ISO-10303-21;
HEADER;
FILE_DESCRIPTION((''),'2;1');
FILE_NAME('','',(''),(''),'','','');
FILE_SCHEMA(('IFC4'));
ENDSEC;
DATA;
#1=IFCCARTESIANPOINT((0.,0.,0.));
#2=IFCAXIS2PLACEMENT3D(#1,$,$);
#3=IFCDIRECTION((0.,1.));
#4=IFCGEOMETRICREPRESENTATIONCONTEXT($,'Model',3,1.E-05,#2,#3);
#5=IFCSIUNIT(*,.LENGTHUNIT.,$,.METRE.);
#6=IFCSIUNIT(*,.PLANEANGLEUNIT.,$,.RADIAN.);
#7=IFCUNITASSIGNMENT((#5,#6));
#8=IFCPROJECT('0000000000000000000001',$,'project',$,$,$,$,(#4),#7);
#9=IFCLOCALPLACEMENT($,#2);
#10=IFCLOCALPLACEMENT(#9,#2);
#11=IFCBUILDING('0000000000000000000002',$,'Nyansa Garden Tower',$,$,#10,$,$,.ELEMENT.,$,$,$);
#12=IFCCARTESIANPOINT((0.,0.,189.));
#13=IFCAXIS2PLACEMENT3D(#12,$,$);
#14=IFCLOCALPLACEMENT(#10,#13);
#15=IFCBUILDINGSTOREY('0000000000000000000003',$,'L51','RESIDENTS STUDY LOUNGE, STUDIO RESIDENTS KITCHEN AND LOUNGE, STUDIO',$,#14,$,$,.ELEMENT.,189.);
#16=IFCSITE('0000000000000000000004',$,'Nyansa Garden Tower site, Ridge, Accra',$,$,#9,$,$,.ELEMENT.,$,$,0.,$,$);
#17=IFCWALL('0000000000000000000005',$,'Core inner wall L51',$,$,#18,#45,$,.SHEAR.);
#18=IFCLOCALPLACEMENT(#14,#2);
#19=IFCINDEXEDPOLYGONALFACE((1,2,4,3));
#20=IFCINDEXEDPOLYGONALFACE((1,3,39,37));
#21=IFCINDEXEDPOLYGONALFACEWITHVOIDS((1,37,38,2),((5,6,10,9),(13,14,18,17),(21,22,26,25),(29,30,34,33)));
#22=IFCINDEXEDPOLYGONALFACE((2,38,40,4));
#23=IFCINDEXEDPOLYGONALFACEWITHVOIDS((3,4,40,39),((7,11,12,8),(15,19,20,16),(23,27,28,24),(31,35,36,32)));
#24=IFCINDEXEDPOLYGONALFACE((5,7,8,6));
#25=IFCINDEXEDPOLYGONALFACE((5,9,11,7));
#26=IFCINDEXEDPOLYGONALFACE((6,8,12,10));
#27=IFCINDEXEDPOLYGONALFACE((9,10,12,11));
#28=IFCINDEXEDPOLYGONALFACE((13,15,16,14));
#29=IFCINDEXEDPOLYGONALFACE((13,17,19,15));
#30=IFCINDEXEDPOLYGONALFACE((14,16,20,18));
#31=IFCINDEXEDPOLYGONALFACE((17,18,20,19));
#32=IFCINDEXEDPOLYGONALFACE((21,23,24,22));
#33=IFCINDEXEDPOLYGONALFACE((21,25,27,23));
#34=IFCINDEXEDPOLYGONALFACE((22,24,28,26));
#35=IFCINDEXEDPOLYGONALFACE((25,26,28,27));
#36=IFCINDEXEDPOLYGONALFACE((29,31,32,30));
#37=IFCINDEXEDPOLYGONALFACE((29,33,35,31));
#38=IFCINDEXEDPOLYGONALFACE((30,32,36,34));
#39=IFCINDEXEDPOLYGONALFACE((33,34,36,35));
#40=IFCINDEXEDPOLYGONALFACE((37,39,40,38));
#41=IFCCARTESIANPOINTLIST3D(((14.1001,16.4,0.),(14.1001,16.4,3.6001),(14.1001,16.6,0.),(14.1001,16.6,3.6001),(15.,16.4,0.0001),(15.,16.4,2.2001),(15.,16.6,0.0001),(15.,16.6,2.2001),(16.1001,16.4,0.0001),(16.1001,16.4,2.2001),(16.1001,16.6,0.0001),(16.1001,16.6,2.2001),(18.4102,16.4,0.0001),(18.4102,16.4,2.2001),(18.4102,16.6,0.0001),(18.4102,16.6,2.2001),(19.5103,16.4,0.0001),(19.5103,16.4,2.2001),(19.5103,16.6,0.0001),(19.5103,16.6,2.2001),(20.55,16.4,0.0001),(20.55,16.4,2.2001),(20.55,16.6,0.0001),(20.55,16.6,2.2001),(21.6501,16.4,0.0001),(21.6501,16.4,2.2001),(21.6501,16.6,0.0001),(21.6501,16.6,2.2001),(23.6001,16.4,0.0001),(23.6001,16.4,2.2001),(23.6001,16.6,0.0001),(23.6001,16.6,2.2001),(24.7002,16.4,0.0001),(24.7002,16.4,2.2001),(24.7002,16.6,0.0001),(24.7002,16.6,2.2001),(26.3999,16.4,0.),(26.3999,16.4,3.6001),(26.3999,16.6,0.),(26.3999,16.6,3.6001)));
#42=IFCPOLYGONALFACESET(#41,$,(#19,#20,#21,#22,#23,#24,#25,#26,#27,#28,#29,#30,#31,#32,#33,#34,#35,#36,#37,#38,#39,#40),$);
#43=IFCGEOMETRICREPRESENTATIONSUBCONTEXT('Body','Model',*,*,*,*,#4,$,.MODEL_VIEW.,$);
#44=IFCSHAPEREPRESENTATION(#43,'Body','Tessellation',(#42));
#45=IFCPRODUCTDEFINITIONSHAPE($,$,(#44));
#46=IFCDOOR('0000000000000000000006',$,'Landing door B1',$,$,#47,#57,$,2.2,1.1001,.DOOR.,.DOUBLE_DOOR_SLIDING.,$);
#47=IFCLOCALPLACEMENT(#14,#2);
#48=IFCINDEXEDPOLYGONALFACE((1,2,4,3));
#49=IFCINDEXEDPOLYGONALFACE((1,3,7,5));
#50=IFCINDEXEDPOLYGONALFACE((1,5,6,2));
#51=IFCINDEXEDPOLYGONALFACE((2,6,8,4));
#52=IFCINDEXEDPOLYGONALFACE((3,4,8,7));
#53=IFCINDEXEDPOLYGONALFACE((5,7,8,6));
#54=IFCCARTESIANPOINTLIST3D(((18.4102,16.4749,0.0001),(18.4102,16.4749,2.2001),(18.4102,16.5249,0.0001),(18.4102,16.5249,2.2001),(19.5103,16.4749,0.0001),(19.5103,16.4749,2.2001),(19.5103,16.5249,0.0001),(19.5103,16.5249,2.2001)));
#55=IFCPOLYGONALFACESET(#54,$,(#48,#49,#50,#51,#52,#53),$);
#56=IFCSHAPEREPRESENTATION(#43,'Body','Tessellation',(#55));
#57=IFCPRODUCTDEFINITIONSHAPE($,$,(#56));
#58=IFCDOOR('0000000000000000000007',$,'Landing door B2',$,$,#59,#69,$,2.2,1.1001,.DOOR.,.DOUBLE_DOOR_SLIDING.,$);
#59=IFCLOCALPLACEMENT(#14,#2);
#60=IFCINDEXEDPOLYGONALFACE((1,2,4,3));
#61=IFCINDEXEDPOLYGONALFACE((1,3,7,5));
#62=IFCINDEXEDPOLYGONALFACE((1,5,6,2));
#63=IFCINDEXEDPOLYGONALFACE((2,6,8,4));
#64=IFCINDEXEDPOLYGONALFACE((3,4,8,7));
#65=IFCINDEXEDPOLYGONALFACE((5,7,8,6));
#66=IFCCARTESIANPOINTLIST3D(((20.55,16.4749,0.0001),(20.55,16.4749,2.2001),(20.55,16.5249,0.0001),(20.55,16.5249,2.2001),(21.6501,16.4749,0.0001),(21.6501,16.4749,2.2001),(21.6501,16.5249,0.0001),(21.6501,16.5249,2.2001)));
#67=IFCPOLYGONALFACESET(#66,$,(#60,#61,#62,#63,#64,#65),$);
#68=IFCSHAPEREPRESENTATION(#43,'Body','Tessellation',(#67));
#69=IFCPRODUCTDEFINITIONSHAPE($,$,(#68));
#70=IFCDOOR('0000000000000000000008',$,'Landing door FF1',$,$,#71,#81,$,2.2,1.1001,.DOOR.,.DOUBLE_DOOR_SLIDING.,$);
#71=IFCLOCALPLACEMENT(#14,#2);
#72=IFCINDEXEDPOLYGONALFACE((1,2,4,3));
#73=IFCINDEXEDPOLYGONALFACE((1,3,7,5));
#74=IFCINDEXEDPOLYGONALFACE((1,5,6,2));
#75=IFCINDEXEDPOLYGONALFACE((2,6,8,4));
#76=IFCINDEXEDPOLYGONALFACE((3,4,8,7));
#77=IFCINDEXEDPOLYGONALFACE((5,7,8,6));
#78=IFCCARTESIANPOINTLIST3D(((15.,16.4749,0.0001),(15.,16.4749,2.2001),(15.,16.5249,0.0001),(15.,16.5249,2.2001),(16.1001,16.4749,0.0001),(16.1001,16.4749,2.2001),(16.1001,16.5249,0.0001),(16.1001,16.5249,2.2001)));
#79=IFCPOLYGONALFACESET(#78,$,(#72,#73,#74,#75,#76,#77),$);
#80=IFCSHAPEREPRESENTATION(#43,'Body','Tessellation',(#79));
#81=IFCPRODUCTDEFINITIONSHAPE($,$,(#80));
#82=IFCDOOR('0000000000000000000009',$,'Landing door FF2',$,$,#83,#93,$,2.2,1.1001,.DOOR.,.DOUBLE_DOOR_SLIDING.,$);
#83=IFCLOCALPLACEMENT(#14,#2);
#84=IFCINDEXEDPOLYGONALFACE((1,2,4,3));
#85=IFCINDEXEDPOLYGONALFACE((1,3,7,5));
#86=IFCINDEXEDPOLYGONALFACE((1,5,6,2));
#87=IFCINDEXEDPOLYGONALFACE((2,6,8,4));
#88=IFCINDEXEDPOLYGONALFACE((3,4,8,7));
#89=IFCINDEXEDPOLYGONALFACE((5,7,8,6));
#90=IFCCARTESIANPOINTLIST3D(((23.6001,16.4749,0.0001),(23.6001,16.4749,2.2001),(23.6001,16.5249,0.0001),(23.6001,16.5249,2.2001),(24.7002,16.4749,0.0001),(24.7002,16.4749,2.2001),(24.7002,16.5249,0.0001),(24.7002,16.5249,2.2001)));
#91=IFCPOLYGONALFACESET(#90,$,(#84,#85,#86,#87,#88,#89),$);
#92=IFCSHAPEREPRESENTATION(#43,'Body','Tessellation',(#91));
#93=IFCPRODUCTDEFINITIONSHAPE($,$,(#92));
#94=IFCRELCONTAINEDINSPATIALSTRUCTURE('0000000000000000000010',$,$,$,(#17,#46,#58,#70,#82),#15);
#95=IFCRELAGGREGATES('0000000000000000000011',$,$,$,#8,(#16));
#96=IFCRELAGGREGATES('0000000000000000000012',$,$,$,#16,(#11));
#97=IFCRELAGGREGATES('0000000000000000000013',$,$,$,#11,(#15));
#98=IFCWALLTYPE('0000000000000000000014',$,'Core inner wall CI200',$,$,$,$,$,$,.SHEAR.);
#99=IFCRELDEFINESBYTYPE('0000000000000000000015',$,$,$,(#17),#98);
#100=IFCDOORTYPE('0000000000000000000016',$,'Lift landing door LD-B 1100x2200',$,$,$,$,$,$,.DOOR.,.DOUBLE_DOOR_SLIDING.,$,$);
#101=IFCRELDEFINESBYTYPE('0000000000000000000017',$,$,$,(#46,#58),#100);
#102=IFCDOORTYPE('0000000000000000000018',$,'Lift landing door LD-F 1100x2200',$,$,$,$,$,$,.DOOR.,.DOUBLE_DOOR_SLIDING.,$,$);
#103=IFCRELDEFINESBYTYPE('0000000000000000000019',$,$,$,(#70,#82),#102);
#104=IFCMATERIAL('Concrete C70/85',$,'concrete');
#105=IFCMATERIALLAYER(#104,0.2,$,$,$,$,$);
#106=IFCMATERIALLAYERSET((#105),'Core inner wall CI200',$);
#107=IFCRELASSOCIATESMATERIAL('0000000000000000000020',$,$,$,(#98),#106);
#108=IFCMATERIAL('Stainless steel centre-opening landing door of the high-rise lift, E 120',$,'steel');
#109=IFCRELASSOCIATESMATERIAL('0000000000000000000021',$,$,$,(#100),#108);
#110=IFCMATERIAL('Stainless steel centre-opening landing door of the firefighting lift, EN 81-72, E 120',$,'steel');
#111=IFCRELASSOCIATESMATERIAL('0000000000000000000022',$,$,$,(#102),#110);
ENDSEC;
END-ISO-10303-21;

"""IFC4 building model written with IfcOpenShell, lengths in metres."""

from ifc_helpers import new_model, si_unit, direction, frame, frame_2d, origin, place, context, subcontext, project, spatial, rectangle, extrude, material, layer, layer_set, type_object, element, fill, save


model = new_model("IFC4")

# Units and contexts
model_context = context("Model", 3, precision=1e-05, world=origin(), true_north=direction((0.0, 1.0)))
body_context = subcontext(model_context, "Body", "Model", "MODEL_VIEW")
ifc_project = project(units=[si_unit("LENGTHUNIT", "METRE"), si_unit("PLANEANGLEUNIT", "RADIAN")], contexts=[model_context])

# Site, building, storey
site_placement = place(None, origin())
site = spatial("IfcSite", under=ifc_project, at=site_placement, Name="Nyansa Garden Tower site, Ridge, Accra", CompositionType="ELEMENT", RefElevation=0.0)
building_placement = place(site_placement, origin())
building = spatial("IfcBuilding", under=site, at=building_placement, Name="Nyansa Garden Tower", CompositionType="ELEMENT")
storey_placement = place(building_placement, frame((0.0, 0.0, 189.0)))
storey = spatial("IfcBuildingStorey", under=building, at=storey_placement, Name="L51", Description="RESIDENTS STUDY LOUNGE, STUDIO RESIDENTS KITCHEN AND LOUNGE, STUDIO", CompositionType="ELEMENT", Elevation=189.0)

# Wall, openings, doors
ifc_material_1 = material(Name="Concrete C70/85", Category="concrete")
ifc_layer_1 = layer(ifc_material_1, 0.2)
ifc_layer_set_1 = layer_set([ifc_layer_1], Name="Core inner wall CI200")
wall_type_1 = type_object("IfcWallType", Name="Core inner wall CI200", PredefinedType="SHEAR", material=ifc_layer_set_1)
wall_1_placement = place(storey_placement, frame((14.1001, 16.5, 0.0), z_axis=(0.0, 0.0, 1.0), x_axis=(1.0, 0.0, 0.0)))
wall_1 = element("IfcWall", 1, at=wall_1_placement, inside=storey, type_object=wall_type_1, Name="Core inner wall L51", PredefinedType="SHEAR", context=body_context, shape_type="SweptSolid", body=[
    extrude(rectangle(XDim=12.2998, YDim=0.2, at=frame_2d((6.1499, 0.0))), origin(), (0.0, 0.0, 1.0), 3.6001),
])
opening_1_placement = place(wall_1_placement, frame((0.8999, 0.0, 0.0)))
opening_1 = element("IfcOpeningElement", 2, at=opening_1_placement, cuts=wall_1, PredefinedType="OPENING", context=body_context, shape_type="SweptSolid", body=[
    extrude(rectangle(XDim=1.1001, YDim=2.2, at=frame_2d((0.55, 1.1001))), frame((0.0, 0.1099, 0.0), z_axis=(0.0, -1.0, 0.0), x_axis=(1.0, 0.0, 0.0)), (0.0, 0.0, 1.0), 0.22),
])
opening_2_placement = place(wall_1_placement, frame((4.3101, 0.0, 0.0)))
opening_2 = element("IfcOpeningElement", 3, at=opening_2_placement, cuts=wall_1, PredefinedType="OPENING", context=body_context, shape_type="SweptSolid", body=[
    extrude(rectangle(XDim=1.1001, YDim=2.2, at=frame_2d((0.55, 1.1001))), frame((0.0, 0.1099, 0.0), z_axis=(0.0, -1.0, 0.0), x_axis=(1.0, 0.0, 0.0)), (0.0, 0.0, 1.0), 0.22),
])
opening_3_placement = place(wall_1_placement, frame((6.45, 0.0, 0.0)))
opening_3 = element("IfcOpeningElement", 4, at=opening_3_placement, cuts=wall_1, PredefinedType="OPENING", context=body_context, shape_type="SweptSolid", body=[
    extrude(rectangle(XDim=1.1001, YDim=2.2, at=frame_2d((0.55, 1.1001))), frame((0.0, 0.1099, 0.0), z_axis=(0.0, -1.0, 0.0), x_axis=(1.0, 0.0, 0.0)), (0.0, 0.0, 1.0), 0.22),
])
opening_4_placement = place(wall_1_placement, frame((9.5, 0.0, 0.0)))
opening_4 = element("IfcOpeningElement", 5, at=opening_4_placement, cuts=wall_1, PredefinedType="OPENING", context=body_context, shape_type="SweptSolid", body=[
    extrude(rectangle(XDim=1.1001, YDim=2.2, at=frame_2d((0.55, 1.1001))), frame((0.0, 0.1099, 0.0), z_axis=(0.0, -1.0, 0.0), x_axis=(1.0, 0.0, 0.0)), (0.0, 0.0, 1.0), 0.22),
])
ifc_material_2 = material(Name="Stainless steel centre-opening landing door of the high-rise lift, E 120", Category="steel")
door_type_1 = type_object("IfcDoorType", Name="Lift landing door LD-B 1100x2200", OperationType="DOUBLE_DOOR_SLIDING", PredefinedType="DOOR", material=ifc_material_2)
door_1_placement = place(opening_2_placement, origin())
door_1 = element("IfcDoor", 6, at=door_1_placement, inside=storey, type_object=door_type_1, Name="Landing door B1", OperationType="DOUBLE_DOOR_SLIDING", OverallHeight=2.2, OverallWidth=1.1001, PredefinedType="DOOR", context=body_context, shape_type="SweptSolid", body=[
    extrude(rectangle(XDim=1.1001, YDim=2.2, at=frame_2d((0.55, 1.1001))), frame((0.0, 0.0249, 0.0), z_axis=(0.0, -1.0, 0.0), x_axis=(1.0, 0.0, 0.0)), (0.0, 0.0, 1.0), 0.05),
])
fill(opening_2, door_1)
door_2_placement = place(opening_3_placement, origin())
door_2 = element("IfcDoor", 7, at=door_2_placement, inside=storey, type_object=door_type_1, Name="Landing door B2", OperationType="DOUBLE_DOOR_SLIDING", OverallHeight=2.2, OverallWidth=1.1001, PredefinedType="DOOR", context=body_context, shape_type="SweptSolid", body=[
    extrude(rectangle(XDim=1.1001, YDim=2.2, at=frame_2d((0.55, 1.1001))), frame((0.0, 0.0249, 0.0), z_axis=(0.0, -1.0, 0.0), x_axis=(1.0, 0.0, 0.0)), (0.0, 0.0, 1.0), 0.05),
])
fill(opening_3, door_2)
ifc_material_3 = material(Name="Stainless steel centre-opening landing door of the firefighting lift, EN 81-72, E 120", Category="steel")
door_type_2 = type_object("IfcDoorType", Name="Lift landing door LD-F 1100x2200", OperationType="DOUBLE_DOOR_SLIDING", PredefinedType="DOOR", material=ifc_material_3)
door_3_placement = place(opening_1_placement, origin())
door_3 = element("IfcDoor", 8, at=door_3_placement, inside=storey, type_object=door_type_2, Name="Landing door FF1", OperationType="DOUBLE_DOOR_SLIDING", OverallHeight=2.2, OverallWidth=1.1001, PredefinedType="DOOR", context=body_context, shape_type="SweptSolid", body=[
    extrude(rectangle(XDim=1.1001, YDim=2.2, at=frame_2d((0.55, 1.1001))), frame((0.0, 0.0249, 0.0), z_axis=(0.0, -1.0, 0.0), x_axis=(1.0, 0.0, 0.0)), (0.0, 0.0, 1.0), 0.05),
])
fill(opening_1, door_3)
door_4_placement = place(opening_4_placement, origin())
door_4 = element("IfcDoor", 9, at=door_4_placement, inside=storey, type_object=door_type_2, Name="Landing door FF2", OperationType="DOUBLE_DOOR_SLIDING", OverallHeight=2.2, OverallWidth=1.1001, PredefinedType="DOOR", context=body_context, shape_type="SweptSolid", body=[
    extrude(rectangle(XDim=1.1001, YDim=2.2, at=frame_2d((0.55, 1.1001))), frame((0.0, 0.0249, 0.0), z_axis=(0.0, -1.0, 0.0), x_axis=(1.0, 0.0, 0.0)), (0.0, 0.0, 1.0), 0.05),
])
fill(opening_4, door_4)

save(model, "model.ifc")
